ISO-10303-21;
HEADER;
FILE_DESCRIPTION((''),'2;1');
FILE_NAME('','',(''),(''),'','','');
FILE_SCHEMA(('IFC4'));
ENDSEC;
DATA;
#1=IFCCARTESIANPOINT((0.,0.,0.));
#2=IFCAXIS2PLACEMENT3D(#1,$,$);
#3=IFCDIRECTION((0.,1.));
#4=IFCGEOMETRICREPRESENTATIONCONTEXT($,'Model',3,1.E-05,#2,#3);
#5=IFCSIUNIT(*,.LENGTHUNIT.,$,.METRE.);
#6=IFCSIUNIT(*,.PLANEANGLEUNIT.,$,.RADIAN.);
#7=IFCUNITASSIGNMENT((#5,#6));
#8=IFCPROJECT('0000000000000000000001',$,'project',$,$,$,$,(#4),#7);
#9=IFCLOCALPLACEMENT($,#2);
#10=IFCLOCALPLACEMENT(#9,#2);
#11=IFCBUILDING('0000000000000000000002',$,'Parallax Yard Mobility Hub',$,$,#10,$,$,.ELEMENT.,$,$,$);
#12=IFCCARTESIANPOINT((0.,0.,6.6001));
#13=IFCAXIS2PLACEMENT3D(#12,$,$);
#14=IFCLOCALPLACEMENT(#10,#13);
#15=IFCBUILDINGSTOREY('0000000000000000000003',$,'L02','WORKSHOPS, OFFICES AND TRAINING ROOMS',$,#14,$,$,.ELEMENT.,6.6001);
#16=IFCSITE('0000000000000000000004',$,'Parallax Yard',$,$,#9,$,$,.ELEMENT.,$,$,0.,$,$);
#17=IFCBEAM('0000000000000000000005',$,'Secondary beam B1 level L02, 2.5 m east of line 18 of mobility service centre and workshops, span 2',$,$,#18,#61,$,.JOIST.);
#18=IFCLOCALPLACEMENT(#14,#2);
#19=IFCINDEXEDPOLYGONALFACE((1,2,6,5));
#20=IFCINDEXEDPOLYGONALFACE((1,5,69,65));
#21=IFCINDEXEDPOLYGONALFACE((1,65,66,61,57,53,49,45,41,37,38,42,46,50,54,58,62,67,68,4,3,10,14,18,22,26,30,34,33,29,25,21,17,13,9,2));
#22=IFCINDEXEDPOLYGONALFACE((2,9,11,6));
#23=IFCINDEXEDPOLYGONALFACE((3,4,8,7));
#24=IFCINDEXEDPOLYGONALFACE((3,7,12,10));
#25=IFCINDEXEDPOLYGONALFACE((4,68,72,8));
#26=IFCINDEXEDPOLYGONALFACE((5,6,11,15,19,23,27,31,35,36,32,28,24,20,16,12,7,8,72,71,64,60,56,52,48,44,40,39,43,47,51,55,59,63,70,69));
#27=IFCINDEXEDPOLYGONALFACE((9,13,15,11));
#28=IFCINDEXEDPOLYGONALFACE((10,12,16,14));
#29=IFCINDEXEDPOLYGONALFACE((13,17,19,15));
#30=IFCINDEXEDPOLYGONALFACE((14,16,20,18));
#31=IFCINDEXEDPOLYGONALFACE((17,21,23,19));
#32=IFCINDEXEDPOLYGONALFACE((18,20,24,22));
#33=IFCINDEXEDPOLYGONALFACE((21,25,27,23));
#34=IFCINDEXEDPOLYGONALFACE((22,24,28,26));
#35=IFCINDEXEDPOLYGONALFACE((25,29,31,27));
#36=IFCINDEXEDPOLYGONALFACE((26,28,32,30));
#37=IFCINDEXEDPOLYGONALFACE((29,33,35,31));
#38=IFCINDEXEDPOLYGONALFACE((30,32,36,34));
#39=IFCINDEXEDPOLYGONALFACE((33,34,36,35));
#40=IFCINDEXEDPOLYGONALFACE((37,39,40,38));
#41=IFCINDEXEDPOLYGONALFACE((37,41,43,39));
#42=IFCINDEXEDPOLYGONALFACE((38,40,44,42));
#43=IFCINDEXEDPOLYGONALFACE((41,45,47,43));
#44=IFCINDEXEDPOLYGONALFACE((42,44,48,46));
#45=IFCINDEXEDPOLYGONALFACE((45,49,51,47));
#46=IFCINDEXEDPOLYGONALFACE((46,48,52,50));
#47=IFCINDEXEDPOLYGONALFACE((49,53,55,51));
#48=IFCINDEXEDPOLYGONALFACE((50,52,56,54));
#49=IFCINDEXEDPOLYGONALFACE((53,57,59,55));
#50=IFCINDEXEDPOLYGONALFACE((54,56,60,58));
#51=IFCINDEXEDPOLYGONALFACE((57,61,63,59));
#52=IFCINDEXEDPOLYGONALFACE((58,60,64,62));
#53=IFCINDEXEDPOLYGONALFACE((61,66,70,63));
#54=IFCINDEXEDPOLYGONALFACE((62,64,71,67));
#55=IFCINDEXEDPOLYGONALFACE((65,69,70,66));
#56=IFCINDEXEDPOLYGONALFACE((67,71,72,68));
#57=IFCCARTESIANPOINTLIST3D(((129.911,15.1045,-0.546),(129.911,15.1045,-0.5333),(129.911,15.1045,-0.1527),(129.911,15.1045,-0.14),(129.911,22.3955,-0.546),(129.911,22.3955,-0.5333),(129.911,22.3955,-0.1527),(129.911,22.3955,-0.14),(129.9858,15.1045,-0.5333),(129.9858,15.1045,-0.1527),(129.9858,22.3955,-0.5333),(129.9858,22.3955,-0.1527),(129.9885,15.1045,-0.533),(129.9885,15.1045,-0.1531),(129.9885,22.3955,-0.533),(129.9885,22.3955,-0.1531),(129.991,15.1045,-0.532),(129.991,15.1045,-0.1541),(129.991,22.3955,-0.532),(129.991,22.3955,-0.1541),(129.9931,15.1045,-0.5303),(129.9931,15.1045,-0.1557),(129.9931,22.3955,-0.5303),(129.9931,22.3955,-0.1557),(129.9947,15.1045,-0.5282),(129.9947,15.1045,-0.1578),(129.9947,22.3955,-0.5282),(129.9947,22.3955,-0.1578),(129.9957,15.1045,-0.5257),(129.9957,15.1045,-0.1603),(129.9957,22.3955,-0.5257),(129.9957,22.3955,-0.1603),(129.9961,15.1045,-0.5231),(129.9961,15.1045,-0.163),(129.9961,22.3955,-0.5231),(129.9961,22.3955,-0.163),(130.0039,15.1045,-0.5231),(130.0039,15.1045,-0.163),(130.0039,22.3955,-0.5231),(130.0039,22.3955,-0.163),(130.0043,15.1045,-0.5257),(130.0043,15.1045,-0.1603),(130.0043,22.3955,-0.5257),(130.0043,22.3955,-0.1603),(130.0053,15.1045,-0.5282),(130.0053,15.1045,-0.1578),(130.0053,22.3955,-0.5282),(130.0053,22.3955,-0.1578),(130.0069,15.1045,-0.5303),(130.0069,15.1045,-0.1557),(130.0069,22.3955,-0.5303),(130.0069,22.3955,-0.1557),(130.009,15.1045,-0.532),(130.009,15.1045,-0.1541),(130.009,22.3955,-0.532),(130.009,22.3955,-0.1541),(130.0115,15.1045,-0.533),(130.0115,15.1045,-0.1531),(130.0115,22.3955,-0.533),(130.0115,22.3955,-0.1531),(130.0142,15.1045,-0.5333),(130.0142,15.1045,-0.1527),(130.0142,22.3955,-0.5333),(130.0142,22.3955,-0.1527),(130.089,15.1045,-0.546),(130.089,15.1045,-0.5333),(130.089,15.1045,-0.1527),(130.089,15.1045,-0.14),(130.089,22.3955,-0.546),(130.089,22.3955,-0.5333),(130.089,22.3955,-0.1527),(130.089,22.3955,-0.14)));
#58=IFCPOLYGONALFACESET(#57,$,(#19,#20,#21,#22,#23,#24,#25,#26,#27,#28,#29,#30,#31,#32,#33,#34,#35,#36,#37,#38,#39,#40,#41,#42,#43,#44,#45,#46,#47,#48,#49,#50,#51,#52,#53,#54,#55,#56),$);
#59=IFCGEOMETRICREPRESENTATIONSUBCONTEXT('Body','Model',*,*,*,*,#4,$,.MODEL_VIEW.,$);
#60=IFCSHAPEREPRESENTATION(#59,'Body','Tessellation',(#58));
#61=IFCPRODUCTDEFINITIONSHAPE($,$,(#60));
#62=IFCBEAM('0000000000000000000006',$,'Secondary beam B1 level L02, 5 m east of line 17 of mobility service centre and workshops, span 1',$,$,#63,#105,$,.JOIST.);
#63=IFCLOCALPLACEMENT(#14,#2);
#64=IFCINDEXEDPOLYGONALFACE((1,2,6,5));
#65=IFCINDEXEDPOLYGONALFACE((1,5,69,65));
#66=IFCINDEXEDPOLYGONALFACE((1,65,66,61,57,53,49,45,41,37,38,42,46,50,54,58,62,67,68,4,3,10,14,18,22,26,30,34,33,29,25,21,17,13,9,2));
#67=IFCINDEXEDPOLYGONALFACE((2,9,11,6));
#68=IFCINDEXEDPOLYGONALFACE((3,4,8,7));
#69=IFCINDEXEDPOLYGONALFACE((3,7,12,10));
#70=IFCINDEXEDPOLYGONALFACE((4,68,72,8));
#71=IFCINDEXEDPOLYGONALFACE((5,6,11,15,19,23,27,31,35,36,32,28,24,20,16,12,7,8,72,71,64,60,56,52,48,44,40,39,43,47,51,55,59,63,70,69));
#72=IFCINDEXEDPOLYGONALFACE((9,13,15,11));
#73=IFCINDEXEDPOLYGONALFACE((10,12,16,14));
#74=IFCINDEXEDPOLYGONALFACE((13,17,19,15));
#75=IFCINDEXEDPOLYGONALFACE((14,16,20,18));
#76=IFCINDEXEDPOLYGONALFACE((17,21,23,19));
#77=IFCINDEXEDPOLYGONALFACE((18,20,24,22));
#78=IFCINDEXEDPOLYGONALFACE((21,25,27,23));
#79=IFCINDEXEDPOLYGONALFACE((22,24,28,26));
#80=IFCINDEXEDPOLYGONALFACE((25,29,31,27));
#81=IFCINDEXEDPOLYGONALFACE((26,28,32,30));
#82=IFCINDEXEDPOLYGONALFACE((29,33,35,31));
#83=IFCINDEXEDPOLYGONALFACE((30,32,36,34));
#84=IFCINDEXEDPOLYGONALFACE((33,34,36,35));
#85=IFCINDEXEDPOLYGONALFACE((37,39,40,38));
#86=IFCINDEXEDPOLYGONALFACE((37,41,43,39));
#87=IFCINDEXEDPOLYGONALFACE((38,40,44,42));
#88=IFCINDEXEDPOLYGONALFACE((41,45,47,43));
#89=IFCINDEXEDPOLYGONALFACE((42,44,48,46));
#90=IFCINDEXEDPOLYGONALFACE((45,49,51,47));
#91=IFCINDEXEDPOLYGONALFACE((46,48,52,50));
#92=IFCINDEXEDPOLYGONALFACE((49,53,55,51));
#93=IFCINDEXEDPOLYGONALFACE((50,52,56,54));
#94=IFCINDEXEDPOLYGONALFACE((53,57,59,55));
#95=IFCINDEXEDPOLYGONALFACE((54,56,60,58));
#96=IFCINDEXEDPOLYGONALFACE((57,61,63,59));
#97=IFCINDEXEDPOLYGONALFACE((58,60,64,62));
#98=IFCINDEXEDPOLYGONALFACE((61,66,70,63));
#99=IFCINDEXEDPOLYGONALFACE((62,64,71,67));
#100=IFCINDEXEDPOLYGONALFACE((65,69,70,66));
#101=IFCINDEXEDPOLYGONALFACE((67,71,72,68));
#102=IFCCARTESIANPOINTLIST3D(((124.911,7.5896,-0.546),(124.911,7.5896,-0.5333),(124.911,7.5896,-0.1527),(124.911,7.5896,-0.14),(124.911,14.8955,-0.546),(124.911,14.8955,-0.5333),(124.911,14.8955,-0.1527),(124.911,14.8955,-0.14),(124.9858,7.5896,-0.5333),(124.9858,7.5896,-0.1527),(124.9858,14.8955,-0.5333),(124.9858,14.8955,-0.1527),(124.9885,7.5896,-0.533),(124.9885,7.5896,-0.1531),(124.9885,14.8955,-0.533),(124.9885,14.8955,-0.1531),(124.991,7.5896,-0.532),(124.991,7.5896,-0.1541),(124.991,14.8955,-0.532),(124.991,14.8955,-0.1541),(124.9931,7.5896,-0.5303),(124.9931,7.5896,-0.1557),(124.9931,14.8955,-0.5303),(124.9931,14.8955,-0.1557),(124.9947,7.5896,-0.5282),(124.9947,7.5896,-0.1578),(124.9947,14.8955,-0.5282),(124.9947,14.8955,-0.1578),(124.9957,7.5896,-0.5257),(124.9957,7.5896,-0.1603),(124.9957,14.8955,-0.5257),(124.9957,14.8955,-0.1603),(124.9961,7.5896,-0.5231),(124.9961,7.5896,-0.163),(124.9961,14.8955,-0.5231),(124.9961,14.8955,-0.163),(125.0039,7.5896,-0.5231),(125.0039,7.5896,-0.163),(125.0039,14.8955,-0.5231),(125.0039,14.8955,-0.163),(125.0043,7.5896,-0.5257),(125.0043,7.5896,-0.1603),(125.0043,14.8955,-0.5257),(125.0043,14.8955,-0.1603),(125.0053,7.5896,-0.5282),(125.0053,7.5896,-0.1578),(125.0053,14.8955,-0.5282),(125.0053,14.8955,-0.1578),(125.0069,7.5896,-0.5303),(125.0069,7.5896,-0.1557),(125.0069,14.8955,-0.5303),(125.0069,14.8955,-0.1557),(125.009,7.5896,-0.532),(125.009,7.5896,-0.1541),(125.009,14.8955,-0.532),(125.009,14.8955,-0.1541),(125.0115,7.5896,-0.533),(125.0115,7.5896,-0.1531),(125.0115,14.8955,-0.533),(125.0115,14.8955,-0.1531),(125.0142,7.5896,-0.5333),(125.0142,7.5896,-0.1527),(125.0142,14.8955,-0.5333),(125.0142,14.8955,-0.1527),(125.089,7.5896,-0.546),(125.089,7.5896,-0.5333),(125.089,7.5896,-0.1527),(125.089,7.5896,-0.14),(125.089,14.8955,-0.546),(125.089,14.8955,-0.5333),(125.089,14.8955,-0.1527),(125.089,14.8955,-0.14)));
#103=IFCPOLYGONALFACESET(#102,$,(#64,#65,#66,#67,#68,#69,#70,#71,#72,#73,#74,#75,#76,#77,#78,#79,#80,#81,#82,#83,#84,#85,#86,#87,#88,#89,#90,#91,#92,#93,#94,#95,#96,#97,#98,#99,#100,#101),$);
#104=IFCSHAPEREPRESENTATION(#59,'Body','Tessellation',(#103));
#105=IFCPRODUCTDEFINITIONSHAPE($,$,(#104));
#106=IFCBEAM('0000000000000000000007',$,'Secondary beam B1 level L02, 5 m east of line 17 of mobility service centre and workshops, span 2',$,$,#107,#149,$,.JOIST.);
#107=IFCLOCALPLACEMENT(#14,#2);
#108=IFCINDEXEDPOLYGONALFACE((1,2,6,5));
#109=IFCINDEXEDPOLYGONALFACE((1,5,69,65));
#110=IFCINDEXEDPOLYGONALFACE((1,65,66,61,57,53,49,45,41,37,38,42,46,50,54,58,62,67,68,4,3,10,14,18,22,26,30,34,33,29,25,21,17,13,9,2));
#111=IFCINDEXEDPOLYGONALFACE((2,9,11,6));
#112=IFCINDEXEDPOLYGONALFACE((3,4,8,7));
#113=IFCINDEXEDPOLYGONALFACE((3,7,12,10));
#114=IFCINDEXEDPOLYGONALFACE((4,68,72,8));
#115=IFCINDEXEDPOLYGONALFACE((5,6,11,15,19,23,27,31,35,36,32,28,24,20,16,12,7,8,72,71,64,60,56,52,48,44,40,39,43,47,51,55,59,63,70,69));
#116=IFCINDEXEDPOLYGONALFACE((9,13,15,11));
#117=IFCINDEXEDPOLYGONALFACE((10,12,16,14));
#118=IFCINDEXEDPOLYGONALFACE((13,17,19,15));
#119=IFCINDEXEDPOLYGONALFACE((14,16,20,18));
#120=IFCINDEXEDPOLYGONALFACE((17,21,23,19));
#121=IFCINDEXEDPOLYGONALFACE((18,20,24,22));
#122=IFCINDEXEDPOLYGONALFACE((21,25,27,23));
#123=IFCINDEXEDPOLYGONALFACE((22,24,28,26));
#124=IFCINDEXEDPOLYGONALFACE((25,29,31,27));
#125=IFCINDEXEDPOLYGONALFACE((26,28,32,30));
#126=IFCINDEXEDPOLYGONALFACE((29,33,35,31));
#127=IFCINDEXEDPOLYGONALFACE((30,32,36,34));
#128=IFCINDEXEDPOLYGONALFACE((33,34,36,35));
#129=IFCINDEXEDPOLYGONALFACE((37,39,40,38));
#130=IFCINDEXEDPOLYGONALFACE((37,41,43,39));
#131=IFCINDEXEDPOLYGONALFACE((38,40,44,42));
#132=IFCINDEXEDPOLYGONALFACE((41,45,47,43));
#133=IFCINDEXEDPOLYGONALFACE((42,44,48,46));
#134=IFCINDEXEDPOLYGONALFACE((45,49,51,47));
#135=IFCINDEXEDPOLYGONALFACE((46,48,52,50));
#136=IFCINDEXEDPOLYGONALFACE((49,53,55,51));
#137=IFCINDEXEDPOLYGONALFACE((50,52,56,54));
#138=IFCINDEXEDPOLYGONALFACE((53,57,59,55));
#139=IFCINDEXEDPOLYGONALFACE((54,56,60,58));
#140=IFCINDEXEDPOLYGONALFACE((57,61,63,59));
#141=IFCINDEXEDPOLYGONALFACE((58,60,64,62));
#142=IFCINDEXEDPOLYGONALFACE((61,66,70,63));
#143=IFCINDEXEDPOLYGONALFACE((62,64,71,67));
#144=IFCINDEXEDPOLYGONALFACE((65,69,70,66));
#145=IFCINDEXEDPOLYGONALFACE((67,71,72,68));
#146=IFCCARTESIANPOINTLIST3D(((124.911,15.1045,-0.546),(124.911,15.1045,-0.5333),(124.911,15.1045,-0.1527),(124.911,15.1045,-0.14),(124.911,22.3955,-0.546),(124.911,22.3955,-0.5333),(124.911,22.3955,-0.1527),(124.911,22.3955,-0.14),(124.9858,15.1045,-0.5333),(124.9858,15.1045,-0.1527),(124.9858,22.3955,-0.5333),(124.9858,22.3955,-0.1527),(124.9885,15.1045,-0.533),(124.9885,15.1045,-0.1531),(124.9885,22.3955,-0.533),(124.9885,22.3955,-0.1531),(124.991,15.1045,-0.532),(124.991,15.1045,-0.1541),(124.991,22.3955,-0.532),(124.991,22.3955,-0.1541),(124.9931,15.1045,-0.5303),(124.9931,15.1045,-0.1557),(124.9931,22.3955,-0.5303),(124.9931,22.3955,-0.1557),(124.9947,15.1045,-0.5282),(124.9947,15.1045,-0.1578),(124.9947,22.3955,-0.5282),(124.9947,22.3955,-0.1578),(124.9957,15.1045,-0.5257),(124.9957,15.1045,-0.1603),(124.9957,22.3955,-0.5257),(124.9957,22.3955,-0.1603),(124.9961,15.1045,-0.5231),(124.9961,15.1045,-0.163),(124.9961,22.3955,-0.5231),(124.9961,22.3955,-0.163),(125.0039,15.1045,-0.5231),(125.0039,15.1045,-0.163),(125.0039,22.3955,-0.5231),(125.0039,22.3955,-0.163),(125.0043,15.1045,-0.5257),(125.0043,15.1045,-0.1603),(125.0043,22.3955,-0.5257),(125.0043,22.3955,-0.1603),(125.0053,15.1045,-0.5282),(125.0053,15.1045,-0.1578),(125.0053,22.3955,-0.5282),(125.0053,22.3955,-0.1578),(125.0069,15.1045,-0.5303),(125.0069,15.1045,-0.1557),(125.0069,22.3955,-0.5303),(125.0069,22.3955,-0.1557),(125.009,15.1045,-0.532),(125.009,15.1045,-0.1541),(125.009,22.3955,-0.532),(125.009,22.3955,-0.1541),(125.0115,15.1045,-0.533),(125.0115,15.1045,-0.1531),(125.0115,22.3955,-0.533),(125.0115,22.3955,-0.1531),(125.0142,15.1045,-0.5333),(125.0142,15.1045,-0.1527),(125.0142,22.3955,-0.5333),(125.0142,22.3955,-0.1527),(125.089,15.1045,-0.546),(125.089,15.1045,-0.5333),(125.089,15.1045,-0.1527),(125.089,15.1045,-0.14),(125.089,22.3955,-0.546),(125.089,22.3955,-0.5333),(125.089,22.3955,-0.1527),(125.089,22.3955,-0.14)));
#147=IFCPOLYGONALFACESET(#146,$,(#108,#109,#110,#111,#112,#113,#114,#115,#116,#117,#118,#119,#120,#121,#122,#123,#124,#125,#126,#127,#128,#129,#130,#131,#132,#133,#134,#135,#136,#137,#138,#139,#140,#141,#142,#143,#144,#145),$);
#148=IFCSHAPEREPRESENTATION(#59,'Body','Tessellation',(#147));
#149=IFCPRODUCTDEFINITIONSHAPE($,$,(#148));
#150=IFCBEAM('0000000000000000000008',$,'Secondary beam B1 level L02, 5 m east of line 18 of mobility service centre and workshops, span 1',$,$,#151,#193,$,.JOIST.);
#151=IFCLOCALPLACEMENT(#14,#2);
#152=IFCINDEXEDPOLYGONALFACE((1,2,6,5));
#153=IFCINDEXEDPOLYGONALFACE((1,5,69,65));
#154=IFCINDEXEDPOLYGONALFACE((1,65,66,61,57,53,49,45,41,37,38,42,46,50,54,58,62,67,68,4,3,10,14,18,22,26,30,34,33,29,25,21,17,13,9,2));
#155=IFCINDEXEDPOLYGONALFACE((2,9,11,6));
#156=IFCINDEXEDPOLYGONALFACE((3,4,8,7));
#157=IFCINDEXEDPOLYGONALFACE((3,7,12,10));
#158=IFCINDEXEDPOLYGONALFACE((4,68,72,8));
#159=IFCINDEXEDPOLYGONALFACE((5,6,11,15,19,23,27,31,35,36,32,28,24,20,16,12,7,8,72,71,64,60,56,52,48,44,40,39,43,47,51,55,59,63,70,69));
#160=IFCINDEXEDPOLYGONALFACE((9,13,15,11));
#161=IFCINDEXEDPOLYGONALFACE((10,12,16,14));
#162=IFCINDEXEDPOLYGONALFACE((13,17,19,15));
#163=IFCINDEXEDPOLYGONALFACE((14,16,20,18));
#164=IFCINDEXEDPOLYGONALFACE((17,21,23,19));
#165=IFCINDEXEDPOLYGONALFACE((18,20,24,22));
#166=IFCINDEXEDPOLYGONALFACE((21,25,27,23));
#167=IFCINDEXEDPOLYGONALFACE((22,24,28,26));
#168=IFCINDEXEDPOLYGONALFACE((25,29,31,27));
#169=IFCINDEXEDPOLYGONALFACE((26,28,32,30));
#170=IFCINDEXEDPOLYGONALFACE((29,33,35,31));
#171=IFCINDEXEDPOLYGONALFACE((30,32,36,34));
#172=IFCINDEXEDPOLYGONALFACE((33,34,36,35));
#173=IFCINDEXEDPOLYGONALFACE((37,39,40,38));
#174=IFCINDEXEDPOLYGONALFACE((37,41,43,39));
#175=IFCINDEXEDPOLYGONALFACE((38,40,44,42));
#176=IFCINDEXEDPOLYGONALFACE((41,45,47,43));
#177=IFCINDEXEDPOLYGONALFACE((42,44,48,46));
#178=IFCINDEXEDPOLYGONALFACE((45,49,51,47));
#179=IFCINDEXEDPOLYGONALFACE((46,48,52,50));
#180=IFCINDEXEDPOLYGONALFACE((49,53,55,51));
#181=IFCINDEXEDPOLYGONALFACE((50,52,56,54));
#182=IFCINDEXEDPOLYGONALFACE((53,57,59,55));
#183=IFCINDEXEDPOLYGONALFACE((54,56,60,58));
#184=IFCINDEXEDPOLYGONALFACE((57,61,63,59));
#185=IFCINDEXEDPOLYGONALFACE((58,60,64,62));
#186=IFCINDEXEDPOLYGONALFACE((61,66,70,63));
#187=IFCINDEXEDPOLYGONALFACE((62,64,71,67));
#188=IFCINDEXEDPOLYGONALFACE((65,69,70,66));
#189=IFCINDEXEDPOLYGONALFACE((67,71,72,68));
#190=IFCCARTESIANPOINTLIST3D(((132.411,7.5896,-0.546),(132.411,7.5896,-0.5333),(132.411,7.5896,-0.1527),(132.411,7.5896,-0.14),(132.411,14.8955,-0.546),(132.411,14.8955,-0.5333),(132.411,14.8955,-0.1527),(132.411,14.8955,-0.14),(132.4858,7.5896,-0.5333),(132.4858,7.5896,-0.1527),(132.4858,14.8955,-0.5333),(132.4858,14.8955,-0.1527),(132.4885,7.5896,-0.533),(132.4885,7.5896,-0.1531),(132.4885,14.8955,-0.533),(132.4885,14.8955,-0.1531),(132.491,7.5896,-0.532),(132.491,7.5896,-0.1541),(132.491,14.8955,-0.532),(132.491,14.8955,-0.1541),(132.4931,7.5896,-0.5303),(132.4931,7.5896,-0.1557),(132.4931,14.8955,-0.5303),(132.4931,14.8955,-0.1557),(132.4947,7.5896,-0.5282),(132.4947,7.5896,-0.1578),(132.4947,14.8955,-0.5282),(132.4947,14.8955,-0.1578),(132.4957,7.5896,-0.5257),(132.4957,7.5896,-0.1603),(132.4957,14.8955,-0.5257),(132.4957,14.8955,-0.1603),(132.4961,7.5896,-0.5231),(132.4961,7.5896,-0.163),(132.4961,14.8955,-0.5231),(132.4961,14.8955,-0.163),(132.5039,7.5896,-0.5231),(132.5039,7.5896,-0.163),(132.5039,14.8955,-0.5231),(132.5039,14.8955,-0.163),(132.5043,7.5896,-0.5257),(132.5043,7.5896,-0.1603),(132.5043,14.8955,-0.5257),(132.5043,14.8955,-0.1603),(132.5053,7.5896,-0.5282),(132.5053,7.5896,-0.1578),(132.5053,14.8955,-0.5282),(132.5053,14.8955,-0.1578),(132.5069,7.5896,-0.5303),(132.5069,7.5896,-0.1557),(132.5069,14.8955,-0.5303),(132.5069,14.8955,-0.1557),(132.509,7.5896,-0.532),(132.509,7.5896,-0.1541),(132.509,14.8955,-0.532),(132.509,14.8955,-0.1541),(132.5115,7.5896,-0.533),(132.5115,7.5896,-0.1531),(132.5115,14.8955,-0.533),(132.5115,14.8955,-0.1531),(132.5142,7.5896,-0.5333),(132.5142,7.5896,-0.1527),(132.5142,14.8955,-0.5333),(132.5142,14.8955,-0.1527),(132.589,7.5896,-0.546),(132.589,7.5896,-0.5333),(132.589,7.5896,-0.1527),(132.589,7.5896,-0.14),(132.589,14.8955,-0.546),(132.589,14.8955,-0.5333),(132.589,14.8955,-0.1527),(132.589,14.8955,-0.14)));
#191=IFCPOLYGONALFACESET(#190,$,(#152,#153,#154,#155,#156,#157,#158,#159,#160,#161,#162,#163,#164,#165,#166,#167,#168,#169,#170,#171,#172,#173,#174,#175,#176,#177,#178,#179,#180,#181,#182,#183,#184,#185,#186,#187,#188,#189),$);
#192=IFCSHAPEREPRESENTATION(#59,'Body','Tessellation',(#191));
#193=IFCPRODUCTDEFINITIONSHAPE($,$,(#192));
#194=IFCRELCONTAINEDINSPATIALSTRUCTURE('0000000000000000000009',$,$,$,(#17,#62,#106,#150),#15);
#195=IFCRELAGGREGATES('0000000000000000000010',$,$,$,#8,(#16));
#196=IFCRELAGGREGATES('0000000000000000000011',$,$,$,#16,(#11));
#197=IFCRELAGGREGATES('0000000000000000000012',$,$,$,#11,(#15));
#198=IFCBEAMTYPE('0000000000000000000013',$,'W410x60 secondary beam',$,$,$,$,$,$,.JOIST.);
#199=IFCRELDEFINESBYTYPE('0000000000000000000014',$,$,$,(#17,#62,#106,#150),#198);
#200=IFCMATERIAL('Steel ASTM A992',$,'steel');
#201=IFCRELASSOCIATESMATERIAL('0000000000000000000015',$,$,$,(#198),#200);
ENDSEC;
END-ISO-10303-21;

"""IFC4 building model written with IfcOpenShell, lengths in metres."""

from ifc_helpers import new_model, si_unit, direction, frame, origin, origin_2d, place, context, subcontext, project, spatial, i_section, extrude, material, material_profile, profile_set, type_object, element, save


model = new_model("IFC4")

# Units and contexts
model_context = context("Model", 3, precision=1e-05, world=origin(), true_north=direction((0.0, 1.0)))
body_context = subcontext(model_context, "Body", "Model", "MODEL_VIEW")
ifc_project = project(units=[si_unit("LENGTHUNIT", "METRE"), si_unit("PLANEANGLEUNIT", "RADIAN")], contexts=[model_context])

# Site, building, storey
site_placement = place(None, origin())
site = spatial("IfcSite", under=ifc_project, at=site_placement, Name="Parallax Yard", CompositionType="ELEMENT", RefElevation=0.0)
building_placement = place(site_placement, origin())
building = spatial("IfcBuilding", under=site, at=building_placement, Name="Parallax Yard Mobility Hub", CompositionType="ELEMENT")
storey_placement = place(building_placement, frame((0.0, 0.0, 6.6001)))
storey = spatial("IfcBuildingStorey", under=building, at=storey_placement, Name="L02", Description="WORKSHOPS, OFFICES AND TRAINING ROOMS", CompositionType="ELEMENT", Elevation=6.6001)

# Shared definitions
ifc_material_1 = material(Name="Steel ASTM A992", Category="steel")

# Beams
ifc_material_profile_1 = material_profile(ifc_material_1, i_section(OverallWidth=0.178, OverallDepth=0.406, WebThickness=0.0078, FlangeThickness=0.0127, FilletRadius=0.0103, at=origin_2d()), Name="W410x60")
ifc_profile_set_1 = profile_set([ifc_material_profile_1], Name="Steel ASTM A992")
beam_type_1 = type_object("IfcBeamType", Name="W410x60 secondary beam", PredefinedType="JOIST", material=ifc_profile_set_1)
beam_1_placement = place(storey_placement, frame((130.0, 15.1045, -0.343), z_axis=(0.0, 1.0, 0.0), x_axis=(-1.0, 0.0, 0.0)))
element("IfcBeam", 1, at=beam_1_placement, inside=storey, type_object=beam_type_1, Name="Secondary beam B1 level L02, 2.5 m east of line 18 of mobility service centre and workshops, span 2", PredefinedType="JOIST", context=body_context, shape_type="SweptSolid", body=[
    extrude(i_section(OverallWidth=0.178, OverallDepth=0.406, WebThickness=0.0078, FlangeThickness=0.0127, FilletRadius=0.0103, at=origin_2d()), origin(), (0.0, 0.0, 1.0), 7.291),
])
beam_2_placement = place(storey_placement, frame((125.0, 7.5896, -0.343), z_axis=(0.0, 1.0, 0.0), x_axis=(-1.0, 0.0, 0.0)))
element("IfcBeam", 2, at=beam_2_placement, inside=storey, type_object=beam_type_1, Name="Secondary beam B1 level L02, 5 m east of line 17 of mobility service centre and workshops, span 1", PredefinedType="JOIST", context=body_context, shape_type="SweptSolid", body=[
    extrude(i_section(OverallWidth=0.178, OverallDepth=0.406, WebThickness=0.0078, FlangeThickness=0.0127, FilletRadius=0.0103, at=origin_2d()), origin(), (0.0, 0.0, 1.0), 7.3059),
])
beam_3_placement = place(storey_placement, frame((125.0, 15.1045, -0.343), z_axis=(0.0, 1.0, 0.0), x_axis=(-1.0, 0.0, 0.0)))
element("IfcBeam", 3, at=beam_3_placement, inside=storey, type_object=beam_type_1, Name="Secondary beam B1 level L02, 5 m east of line 17 of mobility service centre and workshops, span 2", PredefinedType="JOIST", context=body_context, shape_type="SweptSolid", body=[
    extrude(i_section(OverallWidth=0.178, OverallDepth=0.406, WebThickness=0.0078, FlangeThickness=0.0127, FilletRadius=0.0103, at=origin_2d()), origin(), (0.0, 0.0, 1.0), 7.291),
])
beam_4_placement = place(storey_placement, frame((132.5, 7.5896, -0.343), z_axis=(0.0, 1.0, 0.0), x_axis=(-1.0, 0.0, 0.0)))
element("IfcBeam", 4, at=beam_4_placement, inside=storey, type_object=beam_type_1, Name="Secondary beam B1 level L02, 5 m east of line 18 of mobility service centre and workshops, span 1", PredefinedType="JOIST", context=body_context, shape_type="SweptSolid", body=[
    extrude(i_section(OverallWidth=0.178, OverallDepth=0.406, WebThickness=0.0078, FlangeThickness=0.0127, FilletRadius=0.0103, at=origin_2d()), origin(), (0.0, 0.0, 1.0), 7.3059),
])

save(model, "model.ifc")
